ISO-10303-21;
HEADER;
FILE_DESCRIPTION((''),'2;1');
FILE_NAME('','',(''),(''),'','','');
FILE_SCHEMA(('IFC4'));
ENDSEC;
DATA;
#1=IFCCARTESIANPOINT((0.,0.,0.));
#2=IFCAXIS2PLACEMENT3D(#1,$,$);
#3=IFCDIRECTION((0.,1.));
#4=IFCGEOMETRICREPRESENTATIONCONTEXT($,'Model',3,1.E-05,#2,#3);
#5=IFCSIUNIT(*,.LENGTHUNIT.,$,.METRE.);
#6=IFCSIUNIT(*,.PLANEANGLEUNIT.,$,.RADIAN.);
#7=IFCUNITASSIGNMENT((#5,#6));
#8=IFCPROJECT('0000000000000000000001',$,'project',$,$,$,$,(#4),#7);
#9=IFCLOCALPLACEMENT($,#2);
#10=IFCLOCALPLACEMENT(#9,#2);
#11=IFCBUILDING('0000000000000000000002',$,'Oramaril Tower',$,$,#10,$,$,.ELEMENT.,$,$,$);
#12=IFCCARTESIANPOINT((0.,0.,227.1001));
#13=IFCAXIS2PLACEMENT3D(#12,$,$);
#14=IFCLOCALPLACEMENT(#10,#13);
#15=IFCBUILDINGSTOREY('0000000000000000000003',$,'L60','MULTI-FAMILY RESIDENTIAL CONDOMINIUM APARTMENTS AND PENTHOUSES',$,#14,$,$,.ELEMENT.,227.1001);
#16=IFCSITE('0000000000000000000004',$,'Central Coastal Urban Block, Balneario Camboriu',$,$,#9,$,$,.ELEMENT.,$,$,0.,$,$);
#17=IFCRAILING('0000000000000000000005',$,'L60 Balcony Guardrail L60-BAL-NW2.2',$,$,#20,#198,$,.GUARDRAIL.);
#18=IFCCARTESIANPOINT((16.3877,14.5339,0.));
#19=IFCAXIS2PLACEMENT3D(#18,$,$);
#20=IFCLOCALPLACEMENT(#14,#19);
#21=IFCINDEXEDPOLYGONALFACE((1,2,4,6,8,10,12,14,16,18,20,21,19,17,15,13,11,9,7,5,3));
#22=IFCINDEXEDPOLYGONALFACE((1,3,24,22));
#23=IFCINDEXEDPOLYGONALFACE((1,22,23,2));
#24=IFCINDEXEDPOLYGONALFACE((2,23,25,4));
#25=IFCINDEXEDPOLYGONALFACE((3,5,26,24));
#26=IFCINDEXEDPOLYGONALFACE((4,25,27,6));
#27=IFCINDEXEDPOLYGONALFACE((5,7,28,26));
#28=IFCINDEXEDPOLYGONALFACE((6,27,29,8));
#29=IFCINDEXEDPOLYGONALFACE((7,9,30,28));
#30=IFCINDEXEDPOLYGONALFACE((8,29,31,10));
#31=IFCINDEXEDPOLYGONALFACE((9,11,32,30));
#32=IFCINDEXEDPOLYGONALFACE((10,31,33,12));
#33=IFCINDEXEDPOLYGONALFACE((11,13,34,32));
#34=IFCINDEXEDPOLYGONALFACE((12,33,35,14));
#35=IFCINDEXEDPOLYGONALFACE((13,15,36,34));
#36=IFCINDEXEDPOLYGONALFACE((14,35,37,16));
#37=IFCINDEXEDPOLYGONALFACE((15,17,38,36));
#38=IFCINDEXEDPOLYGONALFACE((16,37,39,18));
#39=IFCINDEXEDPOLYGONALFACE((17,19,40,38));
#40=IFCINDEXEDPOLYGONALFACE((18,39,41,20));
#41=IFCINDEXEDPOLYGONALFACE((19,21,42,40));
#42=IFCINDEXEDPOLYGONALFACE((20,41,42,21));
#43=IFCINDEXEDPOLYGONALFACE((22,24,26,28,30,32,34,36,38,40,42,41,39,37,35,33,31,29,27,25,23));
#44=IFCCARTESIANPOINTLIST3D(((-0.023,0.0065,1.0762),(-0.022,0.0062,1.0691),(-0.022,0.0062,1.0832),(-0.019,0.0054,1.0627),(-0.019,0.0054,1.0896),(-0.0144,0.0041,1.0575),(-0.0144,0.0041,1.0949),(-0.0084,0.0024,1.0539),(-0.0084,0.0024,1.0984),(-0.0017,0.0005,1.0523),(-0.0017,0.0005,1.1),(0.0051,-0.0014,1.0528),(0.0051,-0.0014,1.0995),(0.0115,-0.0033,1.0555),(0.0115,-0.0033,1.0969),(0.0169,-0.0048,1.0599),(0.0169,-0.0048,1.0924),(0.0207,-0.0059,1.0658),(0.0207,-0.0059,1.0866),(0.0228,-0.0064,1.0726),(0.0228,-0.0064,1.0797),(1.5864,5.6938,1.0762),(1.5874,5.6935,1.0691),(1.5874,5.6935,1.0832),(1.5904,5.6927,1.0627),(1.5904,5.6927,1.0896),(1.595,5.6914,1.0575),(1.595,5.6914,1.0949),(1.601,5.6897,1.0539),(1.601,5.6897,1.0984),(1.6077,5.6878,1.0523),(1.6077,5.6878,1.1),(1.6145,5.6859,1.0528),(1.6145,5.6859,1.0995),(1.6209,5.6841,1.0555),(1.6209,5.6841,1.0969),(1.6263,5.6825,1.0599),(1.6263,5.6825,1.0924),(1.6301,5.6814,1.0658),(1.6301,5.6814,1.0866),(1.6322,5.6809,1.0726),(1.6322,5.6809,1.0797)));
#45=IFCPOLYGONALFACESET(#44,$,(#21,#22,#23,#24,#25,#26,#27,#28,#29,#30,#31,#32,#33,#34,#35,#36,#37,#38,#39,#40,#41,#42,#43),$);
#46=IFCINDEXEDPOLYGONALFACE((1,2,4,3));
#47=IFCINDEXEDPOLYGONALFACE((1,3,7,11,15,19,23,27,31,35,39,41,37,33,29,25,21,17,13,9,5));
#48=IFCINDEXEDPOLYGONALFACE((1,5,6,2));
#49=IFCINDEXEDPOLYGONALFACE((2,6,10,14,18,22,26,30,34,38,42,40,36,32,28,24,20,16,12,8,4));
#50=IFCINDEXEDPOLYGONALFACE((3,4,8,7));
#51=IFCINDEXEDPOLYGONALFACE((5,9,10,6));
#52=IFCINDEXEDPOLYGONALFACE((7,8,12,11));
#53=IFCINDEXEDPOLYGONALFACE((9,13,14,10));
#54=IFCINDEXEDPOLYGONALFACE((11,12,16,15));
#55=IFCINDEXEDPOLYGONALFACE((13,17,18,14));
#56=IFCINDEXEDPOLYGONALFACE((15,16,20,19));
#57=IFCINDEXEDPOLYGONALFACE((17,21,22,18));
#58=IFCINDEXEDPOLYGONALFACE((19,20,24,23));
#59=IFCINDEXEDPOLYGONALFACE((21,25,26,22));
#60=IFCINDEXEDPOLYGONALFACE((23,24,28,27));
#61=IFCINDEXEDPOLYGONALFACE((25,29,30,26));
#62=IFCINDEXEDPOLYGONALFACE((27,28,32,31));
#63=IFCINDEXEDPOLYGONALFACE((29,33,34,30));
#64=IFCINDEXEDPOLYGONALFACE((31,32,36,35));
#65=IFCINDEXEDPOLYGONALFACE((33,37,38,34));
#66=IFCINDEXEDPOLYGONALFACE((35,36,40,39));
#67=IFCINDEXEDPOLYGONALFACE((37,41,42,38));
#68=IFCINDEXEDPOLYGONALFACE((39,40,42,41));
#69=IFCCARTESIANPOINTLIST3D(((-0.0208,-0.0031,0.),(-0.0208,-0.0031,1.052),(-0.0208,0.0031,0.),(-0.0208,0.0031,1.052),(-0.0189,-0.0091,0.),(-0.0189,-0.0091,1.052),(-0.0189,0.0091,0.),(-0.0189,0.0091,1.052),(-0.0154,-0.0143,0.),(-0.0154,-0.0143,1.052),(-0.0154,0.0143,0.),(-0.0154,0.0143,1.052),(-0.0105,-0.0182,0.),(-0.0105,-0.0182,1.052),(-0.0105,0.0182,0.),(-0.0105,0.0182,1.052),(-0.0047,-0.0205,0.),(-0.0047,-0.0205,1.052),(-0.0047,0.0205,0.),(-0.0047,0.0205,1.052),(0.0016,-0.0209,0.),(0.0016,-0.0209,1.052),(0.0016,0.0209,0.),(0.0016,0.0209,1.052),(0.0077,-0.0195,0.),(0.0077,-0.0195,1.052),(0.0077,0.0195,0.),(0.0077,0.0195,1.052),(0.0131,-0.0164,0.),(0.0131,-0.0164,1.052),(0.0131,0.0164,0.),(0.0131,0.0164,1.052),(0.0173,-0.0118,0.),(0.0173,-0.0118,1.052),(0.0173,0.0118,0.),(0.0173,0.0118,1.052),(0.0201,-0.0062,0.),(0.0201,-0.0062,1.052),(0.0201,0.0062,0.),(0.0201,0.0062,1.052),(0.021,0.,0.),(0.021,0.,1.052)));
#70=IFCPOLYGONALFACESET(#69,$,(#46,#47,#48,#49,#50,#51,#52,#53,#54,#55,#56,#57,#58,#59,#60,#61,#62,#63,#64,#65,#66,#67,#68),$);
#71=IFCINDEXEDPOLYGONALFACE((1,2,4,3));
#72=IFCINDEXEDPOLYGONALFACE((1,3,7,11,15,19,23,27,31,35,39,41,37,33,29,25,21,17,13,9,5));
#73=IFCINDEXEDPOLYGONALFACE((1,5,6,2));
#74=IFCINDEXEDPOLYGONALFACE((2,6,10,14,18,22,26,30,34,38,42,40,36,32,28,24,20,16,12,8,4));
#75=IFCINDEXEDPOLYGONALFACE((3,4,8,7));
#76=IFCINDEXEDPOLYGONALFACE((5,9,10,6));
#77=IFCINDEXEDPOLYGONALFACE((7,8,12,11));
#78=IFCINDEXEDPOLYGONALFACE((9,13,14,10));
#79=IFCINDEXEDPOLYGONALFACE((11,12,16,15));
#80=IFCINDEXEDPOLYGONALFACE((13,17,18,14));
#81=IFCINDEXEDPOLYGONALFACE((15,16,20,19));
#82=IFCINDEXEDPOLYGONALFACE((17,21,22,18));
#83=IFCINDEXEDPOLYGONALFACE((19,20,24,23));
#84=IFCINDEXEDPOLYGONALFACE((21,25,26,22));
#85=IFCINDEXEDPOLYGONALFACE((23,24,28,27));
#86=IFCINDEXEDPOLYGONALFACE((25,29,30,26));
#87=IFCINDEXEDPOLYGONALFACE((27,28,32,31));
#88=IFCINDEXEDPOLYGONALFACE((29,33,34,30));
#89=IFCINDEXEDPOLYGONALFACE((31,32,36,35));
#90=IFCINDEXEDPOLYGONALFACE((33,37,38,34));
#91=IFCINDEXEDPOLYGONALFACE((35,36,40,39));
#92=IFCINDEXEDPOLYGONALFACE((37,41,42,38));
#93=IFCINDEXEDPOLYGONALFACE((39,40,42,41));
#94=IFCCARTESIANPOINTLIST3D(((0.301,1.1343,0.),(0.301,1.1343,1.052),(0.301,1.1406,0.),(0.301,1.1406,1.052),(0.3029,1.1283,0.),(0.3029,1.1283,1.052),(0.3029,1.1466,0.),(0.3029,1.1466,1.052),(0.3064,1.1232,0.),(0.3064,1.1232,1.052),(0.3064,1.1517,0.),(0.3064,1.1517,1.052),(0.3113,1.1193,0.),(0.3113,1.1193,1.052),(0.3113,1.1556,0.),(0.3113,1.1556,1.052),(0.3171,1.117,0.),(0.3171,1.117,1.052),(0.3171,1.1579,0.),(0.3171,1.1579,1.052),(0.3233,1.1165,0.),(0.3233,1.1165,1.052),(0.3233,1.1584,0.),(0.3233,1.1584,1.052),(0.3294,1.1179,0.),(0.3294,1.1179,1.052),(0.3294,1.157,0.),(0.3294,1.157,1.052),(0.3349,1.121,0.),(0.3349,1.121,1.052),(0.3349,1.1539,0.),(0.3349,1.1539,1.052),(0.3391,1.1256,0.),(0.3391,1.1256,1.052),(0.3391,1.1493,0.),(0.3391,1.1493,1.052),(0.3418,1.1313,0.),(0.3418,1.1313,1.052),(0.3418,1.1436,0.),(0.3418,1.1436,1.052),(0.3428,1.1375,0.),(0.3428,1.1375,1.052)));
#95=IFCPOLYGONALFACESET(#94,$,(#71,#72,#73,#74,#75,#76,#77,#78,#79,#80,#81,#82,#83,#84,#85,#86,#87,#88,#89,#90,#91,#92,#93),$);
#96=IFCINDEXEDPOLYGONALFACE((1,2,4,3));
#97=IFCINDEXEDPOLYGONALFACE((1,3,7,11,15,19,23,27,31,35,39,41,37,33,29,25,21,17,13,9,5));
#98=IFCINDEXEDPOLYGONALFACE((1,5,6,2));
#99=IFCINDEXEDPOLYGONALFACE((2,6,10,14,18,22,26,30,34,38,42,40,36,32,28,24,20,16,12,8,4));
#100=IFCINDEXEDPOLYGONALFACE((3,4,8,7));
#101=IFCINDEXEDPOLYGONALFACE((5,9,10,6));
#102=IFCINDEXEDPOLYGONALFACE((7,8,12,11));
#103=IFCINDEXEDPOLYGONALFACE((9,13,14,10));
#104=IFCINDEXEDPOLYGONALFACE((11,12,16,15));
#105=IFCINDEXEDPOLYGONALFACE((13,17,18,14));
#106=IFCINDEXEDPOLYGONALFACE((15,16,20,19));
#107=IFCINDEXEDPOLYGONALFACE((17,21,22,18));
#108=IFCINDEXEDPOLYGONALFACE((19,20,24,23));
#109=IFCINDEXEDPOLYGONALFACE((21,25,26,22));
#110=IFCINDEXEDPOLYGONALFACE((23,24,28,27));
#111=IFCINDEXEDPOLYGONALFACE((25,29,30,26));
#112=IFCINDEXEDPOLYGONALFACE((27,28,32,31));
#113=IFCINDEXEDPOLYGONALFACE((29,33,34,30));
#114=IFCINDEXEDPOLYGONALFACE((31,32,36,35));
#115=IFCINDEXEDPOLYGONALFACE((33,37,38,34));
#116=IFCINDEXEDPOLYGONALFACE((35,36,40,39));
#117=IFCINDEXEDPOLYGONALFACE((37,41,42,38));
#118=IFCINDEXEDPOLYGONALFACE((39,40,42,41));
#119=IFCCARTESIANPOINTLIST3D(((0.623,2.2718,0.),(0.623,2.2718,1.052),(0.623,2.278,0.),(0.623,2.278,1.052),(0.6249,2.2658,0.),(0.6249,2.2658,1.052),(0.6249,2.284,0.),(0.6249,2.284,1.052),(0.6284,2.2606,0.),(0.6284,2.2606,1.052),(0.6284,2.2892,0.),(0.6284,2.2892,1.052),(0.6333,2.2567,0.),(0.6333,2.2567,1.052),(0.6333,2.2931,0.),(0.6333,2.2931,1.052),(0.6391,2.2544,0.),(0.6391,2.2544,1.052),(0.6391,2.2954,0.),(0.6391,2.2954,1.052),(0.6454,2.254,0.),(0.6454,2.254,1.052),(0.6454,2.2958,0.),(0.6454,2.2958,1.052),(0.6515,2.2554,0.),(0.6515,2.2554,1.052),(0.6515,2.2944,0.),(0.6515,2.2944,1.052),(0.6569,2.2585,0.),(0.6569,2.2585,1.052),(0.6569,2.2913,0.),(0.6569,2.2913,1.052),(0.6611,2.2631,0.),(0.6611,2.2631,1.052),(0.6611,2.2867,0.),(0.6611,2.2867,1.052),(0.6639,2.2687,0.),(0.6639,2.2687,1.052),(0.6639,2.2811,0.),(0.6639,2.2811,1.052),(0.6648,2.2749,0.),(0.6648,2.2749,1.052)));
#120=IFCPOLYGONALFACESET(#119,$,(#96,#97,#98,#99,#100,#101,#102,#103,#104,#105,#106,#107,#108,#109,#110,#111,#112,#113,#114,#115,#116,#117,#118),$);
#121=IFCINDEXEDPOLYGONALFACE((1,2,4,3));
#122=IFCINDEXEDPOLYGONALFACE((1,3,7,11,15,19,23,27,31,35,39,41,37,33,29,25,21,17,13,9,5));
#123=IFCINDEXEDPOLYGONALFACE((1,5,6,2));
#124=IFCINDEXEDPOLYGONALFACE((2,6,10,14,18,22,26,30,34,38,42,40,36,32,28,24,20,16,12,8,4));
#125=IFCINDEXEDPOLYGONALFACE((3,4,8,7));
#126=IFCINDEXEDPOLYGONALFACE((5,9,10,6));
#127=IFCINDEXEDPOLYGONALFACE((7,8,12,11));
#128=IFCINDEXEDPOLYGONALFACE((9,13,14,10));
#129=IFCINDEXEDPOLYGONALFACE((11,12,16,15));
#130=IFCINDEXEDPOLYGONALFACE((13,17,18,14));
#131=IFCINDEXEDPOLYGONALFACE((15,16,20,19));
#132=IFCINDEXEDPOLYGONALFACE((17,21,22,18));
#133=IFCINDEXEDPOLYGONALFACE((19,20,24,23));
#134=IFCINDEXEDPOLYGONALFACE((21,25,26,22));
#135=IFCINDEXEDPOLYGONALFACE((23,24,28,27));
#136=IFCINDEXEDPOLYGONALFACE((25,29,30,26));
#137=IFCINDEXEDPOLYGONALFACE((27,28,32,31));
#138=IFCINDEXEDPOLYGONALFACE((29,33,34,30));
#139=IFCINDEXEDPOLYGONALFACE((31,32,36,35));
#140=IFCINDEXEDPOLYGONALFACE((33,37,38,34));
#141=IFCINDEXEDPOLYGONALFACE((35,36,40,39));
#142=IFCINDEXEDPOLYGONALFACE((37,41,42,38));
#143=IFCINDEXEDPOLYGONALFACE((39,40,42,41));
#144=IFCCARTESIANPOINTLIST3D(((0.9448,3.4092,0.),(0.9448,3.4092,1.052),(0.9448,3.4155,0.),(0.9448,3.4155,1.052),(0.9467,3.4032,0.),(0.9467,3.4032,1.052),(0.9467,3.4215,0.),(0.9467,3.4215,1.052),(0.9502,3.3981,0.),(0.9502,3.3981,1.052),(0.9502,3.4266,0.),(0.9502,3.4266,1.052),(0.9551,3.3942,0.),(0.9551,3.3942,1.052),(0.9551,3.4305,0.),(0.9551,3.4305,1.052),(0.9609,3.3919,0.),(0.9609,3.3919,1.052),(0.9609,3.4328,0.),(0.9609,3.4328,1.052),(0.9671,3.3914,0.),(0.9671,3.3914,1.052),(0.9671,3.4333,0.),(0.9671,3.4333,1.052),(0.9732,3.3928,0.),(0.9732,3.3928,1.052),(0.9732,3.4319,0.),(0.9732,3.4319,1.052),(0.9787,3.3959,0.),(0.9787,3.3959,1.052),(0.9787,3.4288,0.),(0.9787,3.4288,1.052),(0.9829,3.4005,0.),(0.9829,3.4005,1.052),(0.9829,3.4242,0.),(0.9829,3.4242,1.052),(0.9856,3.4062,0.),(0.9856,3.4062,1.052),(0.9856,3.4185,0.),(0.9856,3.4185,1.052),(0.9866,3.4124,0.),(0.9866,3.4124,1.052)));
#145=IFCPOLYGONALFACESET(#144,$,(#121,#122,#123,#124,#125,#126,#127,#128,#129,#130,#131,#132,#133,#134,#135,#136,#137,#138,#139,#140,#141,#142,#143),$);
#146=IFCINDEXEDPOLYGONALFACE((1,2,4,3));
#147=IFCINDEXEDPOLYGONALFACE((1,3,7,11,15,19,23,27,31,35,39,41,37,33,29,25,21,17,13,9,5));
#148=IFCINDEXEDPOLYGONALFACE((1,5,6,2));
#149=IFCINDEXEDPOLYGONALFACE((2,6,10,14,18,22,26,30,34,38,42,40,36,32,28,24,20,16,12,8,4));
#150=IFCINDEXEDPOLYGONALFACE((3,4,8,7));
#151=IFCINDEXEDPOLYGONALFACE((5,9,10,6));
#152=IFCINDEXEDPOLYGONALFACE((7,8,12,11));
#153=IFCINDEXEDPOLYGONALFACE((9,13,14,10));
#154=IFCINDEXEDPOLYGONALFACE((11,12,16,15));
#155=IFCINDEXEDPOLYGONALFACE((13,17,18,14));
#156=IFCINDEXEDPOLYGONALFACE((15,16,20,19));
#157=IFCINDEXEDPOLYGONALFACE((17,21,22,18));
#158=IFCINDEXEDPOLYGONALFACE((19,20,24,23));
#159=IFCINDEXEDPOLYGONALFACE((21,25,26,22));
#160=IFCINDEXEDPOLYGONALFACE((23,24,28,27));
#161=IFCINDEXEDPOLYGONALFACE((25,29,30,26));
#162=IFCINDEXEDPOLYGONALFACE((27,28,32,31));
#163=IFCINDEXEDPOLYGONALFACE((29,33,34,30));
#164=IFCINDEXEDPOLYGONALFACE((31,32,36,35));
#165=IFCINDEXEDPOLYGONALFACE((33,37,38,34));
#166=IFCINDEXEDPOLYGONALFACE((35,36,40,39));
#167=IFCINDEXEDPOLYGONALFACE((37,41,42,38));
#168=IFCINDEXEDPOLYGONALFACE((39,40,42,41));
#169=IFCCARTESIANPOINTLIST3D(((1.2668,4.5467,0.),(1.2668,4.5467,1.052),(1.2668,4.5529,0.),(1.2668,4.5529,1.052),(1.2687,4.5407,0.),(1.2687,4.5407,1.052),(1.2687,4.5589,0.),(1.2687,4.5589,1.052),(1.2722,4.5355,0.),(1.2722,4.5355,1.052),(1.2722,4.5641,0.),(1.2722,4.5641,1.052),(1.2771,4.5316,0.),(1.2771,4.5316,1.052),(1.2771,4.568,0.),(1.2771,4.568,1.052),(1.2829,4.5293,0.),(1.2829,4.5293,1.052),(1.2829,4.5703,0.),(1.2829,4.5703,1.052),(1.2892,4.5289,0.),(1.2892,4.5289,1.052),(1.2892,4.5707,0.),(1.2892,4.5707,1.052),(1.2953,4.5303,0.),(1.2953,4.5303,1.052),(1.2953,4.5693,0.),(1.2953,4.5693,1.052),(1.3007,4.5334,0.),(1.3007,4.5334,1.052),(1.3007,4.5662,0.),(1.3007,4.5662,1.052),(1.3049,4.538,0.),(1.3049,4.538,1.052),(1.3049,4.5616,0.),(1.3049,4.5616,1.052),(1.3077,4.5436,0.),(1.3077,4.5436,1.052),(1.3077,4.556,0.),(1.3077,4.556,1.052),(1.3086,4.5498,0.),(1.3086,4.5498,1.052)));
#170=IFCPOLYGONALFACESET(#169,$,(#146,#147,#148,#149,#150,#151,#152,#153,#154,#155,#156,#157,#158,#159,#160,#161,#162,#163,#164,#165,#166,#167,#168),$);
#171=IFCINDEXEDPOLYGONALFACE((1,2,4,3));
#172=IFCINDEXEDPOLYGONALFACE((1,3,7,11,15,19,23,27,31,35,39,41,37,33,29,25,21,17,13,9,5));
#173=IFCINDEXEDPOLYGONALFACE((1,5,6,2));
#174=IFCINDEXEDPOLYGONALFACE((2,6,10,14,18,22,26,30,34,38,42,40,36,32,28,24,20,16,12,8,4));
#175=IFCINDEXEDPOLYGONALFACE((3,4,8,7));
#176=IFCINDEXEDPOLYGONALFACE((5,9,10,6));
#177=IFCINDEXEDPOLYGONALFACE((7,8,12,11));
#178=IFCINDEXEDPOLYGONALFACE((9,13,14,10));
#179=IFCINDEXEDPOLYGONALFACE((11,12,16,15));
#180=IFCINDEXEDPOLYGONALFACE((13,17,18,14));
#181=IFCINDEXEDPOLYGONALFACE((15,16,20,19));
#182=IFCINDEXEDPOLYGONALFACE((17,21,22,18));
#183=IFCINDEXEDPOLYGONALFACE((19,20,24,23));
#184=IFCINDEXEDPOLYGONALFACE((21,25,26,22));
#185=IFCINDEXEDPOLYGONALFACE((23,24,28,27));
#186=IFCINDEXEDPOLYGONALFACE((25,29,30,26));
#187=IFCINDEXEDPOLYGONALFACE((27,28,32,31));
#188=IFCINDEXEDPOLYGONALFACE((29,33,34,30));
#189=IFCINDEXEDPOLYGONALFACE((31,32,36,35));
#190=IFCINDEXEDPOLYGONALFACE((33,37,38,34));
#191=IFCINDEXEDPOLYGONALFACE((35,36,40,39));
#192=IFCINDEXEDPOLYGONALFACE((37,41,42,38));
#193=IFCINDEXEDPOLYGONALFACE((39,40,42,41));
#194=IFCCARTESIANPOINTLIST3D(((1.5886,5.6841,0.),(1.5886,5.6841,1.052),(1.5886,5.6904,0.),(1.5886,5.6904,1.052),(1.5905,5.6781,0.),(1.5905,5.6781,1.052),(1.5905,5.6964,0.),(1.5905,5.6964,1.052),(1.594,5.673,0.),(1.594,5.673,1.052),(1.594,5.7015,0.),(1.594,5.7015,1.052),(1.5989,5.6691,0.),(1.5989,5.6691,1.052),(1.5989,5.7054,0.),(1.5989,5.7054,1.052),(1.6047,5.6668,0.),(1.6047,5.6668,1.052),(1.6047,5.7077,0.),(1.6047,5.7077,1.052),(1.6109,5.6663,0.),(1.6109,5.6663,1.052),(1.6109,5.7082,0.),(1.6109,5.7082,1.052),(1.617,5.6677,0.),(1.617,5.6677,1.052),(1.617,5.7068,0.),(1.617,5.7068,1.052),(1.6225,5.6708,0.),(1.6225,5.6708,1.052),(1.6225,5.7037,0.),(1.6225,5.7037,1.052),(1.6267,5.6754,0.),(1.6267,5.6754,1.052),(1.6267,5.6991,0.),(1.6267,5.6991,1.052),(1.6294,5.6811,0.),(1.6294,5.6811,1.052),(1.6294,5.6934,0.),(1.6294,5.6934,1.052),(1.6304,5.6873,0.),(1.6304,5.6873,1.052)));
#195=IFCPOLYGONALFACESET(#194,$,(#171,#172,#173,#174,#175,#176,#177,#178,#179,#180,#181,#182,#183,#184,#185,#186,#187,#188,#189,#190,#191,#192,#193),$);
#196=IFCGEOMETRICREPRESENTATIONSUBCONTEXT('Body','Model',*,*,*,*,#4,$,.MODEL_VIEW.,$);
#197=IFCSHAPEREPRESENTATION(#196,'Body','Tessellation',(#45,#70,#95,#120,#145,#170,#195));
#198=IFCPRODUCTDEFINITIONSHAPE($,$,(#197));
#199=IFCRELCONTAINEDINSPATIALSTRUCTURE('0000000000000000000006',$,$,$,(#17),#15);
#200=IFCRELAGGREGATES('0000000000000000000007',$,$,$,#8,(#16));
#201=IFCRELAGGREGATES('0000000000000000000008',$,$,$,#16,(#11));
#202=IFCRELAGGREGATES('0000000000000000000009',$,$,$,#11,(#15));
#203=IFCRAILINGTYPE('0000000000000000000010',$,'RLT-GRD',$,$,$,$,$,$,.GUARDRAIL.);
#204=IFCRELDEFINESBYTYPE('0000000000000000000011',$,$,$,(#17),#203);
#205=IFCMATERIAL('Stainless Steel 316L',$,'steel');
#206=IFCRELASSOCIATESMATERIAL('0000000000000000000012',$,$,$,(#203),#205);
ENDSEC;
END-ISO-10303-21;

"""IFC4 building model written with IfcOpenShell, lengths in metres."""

from ifc_helpers import new_model, si_unit, direction, frame, origin, origin_2d, place, context, subcontext, project, spatial, circle, extrude, material, type_object, element, save


model = new_model("IFC4")

# Units and contexts
model_context = context("Model", 3, precision=1e-05, world=origin(), true_north=direction((0.0, 1.0)))
body_context = subcontext(model_context, "Body", "Model", "MODEL_VIEW")
ifc_project = project(units=[si_unit("LENGTHUNIT", "METRE"), si_unit("PLANEANGLEUNIT", "RADIAN")], contexts=[model_context])

# Site, building, storey
site_placement = place(None, origin())
site = spatial("IfcSite", under=ifc_project, at=site_placement, Name="Central Coastal Urban Block, Balneario Camboriu", CompositionType="ELEMENT", RefElevation=0.0)
building_placement = place(site_placement, origin())
building = spatial("IfcBuilding", under=site, at=building_placement, Name="Oramaril Tower", CompositionType="ELEMENT")
storey_placement = place(building_placement, frame((0.0, 0.0, 227.1001)))
storey = spatial("IfcBuildingStorey", under=building, at=storey_placement, Name="L60", Description="MULTI-FAMILY RESIDENTIAL CONDOMINIUM APARTMENTS AND PENTHOUSES", CompositionType="ELEMENT", Elevation=227.1001)

# Railing
ifc_material_1 = material(Name="Stainless Steel 316L", Category="steel")
railing_type = type_object("IfcRailingType", Name="RLT-GRD", PredefinedType="GUARDRAIL", material=ifc_material_1)
railing_1_placement = place(storey_placement, frame((16.3877, 14.5339, 0.0)))
element("IfcRailing", 1, at=railing_1_placement, inside=storey, type_object=railing_type, Name="L60 Balcony Guardrail L60-BAL-NW2.2", PredefinedType="GUARDRAIL", context=body_context, shape_type="SweptSolid", body=[
    extrude(circle(Radius=0.0239, at=origin_2d()), frame((0.0, 0.0, 1.0762), z_axis=(0.272287, 0.962216, 0.0), x_axis=(-0.962216, 0.272287, 0.0)), (0.0, 0.0, 1.0), 5.9106),
    extrude(circle(Radius=0.021, at=origin_2d()), origin(), (0.0, 0.0, 1.0), 1.052),
    extrude(circle(Radius=0.021, at=origin_2d()), frame((0.3218, 1.1375, 0.0)), (0.0, 0.0, 1.0), 1.052),
    extrude(circle(Radius=0.021, at=origin_2d()), frame((0.6438, 2.2749, 0.0)), (0.0, 0.0, 1.0), 1.052),
    extrude(circle(Radius=0.021, at=origin_2d()), frame((0.9656, 3.4124, 0.0)), (0.0, 0.0, 1.0), 1.052),
    extrude(circle(Radius=0.021, at=origin_2d()), frame((1.2876, 4.5498, 0.0)), (0.0, 0.0, 1.0), 1.052),
    extrude(circle(Radius=0.021, at=origin_2d()), frame((1.6094, 5.6873, 0.0)), (0.0, 0.0, 1.0), 1.052),
])

save(model, "model.ifc")
